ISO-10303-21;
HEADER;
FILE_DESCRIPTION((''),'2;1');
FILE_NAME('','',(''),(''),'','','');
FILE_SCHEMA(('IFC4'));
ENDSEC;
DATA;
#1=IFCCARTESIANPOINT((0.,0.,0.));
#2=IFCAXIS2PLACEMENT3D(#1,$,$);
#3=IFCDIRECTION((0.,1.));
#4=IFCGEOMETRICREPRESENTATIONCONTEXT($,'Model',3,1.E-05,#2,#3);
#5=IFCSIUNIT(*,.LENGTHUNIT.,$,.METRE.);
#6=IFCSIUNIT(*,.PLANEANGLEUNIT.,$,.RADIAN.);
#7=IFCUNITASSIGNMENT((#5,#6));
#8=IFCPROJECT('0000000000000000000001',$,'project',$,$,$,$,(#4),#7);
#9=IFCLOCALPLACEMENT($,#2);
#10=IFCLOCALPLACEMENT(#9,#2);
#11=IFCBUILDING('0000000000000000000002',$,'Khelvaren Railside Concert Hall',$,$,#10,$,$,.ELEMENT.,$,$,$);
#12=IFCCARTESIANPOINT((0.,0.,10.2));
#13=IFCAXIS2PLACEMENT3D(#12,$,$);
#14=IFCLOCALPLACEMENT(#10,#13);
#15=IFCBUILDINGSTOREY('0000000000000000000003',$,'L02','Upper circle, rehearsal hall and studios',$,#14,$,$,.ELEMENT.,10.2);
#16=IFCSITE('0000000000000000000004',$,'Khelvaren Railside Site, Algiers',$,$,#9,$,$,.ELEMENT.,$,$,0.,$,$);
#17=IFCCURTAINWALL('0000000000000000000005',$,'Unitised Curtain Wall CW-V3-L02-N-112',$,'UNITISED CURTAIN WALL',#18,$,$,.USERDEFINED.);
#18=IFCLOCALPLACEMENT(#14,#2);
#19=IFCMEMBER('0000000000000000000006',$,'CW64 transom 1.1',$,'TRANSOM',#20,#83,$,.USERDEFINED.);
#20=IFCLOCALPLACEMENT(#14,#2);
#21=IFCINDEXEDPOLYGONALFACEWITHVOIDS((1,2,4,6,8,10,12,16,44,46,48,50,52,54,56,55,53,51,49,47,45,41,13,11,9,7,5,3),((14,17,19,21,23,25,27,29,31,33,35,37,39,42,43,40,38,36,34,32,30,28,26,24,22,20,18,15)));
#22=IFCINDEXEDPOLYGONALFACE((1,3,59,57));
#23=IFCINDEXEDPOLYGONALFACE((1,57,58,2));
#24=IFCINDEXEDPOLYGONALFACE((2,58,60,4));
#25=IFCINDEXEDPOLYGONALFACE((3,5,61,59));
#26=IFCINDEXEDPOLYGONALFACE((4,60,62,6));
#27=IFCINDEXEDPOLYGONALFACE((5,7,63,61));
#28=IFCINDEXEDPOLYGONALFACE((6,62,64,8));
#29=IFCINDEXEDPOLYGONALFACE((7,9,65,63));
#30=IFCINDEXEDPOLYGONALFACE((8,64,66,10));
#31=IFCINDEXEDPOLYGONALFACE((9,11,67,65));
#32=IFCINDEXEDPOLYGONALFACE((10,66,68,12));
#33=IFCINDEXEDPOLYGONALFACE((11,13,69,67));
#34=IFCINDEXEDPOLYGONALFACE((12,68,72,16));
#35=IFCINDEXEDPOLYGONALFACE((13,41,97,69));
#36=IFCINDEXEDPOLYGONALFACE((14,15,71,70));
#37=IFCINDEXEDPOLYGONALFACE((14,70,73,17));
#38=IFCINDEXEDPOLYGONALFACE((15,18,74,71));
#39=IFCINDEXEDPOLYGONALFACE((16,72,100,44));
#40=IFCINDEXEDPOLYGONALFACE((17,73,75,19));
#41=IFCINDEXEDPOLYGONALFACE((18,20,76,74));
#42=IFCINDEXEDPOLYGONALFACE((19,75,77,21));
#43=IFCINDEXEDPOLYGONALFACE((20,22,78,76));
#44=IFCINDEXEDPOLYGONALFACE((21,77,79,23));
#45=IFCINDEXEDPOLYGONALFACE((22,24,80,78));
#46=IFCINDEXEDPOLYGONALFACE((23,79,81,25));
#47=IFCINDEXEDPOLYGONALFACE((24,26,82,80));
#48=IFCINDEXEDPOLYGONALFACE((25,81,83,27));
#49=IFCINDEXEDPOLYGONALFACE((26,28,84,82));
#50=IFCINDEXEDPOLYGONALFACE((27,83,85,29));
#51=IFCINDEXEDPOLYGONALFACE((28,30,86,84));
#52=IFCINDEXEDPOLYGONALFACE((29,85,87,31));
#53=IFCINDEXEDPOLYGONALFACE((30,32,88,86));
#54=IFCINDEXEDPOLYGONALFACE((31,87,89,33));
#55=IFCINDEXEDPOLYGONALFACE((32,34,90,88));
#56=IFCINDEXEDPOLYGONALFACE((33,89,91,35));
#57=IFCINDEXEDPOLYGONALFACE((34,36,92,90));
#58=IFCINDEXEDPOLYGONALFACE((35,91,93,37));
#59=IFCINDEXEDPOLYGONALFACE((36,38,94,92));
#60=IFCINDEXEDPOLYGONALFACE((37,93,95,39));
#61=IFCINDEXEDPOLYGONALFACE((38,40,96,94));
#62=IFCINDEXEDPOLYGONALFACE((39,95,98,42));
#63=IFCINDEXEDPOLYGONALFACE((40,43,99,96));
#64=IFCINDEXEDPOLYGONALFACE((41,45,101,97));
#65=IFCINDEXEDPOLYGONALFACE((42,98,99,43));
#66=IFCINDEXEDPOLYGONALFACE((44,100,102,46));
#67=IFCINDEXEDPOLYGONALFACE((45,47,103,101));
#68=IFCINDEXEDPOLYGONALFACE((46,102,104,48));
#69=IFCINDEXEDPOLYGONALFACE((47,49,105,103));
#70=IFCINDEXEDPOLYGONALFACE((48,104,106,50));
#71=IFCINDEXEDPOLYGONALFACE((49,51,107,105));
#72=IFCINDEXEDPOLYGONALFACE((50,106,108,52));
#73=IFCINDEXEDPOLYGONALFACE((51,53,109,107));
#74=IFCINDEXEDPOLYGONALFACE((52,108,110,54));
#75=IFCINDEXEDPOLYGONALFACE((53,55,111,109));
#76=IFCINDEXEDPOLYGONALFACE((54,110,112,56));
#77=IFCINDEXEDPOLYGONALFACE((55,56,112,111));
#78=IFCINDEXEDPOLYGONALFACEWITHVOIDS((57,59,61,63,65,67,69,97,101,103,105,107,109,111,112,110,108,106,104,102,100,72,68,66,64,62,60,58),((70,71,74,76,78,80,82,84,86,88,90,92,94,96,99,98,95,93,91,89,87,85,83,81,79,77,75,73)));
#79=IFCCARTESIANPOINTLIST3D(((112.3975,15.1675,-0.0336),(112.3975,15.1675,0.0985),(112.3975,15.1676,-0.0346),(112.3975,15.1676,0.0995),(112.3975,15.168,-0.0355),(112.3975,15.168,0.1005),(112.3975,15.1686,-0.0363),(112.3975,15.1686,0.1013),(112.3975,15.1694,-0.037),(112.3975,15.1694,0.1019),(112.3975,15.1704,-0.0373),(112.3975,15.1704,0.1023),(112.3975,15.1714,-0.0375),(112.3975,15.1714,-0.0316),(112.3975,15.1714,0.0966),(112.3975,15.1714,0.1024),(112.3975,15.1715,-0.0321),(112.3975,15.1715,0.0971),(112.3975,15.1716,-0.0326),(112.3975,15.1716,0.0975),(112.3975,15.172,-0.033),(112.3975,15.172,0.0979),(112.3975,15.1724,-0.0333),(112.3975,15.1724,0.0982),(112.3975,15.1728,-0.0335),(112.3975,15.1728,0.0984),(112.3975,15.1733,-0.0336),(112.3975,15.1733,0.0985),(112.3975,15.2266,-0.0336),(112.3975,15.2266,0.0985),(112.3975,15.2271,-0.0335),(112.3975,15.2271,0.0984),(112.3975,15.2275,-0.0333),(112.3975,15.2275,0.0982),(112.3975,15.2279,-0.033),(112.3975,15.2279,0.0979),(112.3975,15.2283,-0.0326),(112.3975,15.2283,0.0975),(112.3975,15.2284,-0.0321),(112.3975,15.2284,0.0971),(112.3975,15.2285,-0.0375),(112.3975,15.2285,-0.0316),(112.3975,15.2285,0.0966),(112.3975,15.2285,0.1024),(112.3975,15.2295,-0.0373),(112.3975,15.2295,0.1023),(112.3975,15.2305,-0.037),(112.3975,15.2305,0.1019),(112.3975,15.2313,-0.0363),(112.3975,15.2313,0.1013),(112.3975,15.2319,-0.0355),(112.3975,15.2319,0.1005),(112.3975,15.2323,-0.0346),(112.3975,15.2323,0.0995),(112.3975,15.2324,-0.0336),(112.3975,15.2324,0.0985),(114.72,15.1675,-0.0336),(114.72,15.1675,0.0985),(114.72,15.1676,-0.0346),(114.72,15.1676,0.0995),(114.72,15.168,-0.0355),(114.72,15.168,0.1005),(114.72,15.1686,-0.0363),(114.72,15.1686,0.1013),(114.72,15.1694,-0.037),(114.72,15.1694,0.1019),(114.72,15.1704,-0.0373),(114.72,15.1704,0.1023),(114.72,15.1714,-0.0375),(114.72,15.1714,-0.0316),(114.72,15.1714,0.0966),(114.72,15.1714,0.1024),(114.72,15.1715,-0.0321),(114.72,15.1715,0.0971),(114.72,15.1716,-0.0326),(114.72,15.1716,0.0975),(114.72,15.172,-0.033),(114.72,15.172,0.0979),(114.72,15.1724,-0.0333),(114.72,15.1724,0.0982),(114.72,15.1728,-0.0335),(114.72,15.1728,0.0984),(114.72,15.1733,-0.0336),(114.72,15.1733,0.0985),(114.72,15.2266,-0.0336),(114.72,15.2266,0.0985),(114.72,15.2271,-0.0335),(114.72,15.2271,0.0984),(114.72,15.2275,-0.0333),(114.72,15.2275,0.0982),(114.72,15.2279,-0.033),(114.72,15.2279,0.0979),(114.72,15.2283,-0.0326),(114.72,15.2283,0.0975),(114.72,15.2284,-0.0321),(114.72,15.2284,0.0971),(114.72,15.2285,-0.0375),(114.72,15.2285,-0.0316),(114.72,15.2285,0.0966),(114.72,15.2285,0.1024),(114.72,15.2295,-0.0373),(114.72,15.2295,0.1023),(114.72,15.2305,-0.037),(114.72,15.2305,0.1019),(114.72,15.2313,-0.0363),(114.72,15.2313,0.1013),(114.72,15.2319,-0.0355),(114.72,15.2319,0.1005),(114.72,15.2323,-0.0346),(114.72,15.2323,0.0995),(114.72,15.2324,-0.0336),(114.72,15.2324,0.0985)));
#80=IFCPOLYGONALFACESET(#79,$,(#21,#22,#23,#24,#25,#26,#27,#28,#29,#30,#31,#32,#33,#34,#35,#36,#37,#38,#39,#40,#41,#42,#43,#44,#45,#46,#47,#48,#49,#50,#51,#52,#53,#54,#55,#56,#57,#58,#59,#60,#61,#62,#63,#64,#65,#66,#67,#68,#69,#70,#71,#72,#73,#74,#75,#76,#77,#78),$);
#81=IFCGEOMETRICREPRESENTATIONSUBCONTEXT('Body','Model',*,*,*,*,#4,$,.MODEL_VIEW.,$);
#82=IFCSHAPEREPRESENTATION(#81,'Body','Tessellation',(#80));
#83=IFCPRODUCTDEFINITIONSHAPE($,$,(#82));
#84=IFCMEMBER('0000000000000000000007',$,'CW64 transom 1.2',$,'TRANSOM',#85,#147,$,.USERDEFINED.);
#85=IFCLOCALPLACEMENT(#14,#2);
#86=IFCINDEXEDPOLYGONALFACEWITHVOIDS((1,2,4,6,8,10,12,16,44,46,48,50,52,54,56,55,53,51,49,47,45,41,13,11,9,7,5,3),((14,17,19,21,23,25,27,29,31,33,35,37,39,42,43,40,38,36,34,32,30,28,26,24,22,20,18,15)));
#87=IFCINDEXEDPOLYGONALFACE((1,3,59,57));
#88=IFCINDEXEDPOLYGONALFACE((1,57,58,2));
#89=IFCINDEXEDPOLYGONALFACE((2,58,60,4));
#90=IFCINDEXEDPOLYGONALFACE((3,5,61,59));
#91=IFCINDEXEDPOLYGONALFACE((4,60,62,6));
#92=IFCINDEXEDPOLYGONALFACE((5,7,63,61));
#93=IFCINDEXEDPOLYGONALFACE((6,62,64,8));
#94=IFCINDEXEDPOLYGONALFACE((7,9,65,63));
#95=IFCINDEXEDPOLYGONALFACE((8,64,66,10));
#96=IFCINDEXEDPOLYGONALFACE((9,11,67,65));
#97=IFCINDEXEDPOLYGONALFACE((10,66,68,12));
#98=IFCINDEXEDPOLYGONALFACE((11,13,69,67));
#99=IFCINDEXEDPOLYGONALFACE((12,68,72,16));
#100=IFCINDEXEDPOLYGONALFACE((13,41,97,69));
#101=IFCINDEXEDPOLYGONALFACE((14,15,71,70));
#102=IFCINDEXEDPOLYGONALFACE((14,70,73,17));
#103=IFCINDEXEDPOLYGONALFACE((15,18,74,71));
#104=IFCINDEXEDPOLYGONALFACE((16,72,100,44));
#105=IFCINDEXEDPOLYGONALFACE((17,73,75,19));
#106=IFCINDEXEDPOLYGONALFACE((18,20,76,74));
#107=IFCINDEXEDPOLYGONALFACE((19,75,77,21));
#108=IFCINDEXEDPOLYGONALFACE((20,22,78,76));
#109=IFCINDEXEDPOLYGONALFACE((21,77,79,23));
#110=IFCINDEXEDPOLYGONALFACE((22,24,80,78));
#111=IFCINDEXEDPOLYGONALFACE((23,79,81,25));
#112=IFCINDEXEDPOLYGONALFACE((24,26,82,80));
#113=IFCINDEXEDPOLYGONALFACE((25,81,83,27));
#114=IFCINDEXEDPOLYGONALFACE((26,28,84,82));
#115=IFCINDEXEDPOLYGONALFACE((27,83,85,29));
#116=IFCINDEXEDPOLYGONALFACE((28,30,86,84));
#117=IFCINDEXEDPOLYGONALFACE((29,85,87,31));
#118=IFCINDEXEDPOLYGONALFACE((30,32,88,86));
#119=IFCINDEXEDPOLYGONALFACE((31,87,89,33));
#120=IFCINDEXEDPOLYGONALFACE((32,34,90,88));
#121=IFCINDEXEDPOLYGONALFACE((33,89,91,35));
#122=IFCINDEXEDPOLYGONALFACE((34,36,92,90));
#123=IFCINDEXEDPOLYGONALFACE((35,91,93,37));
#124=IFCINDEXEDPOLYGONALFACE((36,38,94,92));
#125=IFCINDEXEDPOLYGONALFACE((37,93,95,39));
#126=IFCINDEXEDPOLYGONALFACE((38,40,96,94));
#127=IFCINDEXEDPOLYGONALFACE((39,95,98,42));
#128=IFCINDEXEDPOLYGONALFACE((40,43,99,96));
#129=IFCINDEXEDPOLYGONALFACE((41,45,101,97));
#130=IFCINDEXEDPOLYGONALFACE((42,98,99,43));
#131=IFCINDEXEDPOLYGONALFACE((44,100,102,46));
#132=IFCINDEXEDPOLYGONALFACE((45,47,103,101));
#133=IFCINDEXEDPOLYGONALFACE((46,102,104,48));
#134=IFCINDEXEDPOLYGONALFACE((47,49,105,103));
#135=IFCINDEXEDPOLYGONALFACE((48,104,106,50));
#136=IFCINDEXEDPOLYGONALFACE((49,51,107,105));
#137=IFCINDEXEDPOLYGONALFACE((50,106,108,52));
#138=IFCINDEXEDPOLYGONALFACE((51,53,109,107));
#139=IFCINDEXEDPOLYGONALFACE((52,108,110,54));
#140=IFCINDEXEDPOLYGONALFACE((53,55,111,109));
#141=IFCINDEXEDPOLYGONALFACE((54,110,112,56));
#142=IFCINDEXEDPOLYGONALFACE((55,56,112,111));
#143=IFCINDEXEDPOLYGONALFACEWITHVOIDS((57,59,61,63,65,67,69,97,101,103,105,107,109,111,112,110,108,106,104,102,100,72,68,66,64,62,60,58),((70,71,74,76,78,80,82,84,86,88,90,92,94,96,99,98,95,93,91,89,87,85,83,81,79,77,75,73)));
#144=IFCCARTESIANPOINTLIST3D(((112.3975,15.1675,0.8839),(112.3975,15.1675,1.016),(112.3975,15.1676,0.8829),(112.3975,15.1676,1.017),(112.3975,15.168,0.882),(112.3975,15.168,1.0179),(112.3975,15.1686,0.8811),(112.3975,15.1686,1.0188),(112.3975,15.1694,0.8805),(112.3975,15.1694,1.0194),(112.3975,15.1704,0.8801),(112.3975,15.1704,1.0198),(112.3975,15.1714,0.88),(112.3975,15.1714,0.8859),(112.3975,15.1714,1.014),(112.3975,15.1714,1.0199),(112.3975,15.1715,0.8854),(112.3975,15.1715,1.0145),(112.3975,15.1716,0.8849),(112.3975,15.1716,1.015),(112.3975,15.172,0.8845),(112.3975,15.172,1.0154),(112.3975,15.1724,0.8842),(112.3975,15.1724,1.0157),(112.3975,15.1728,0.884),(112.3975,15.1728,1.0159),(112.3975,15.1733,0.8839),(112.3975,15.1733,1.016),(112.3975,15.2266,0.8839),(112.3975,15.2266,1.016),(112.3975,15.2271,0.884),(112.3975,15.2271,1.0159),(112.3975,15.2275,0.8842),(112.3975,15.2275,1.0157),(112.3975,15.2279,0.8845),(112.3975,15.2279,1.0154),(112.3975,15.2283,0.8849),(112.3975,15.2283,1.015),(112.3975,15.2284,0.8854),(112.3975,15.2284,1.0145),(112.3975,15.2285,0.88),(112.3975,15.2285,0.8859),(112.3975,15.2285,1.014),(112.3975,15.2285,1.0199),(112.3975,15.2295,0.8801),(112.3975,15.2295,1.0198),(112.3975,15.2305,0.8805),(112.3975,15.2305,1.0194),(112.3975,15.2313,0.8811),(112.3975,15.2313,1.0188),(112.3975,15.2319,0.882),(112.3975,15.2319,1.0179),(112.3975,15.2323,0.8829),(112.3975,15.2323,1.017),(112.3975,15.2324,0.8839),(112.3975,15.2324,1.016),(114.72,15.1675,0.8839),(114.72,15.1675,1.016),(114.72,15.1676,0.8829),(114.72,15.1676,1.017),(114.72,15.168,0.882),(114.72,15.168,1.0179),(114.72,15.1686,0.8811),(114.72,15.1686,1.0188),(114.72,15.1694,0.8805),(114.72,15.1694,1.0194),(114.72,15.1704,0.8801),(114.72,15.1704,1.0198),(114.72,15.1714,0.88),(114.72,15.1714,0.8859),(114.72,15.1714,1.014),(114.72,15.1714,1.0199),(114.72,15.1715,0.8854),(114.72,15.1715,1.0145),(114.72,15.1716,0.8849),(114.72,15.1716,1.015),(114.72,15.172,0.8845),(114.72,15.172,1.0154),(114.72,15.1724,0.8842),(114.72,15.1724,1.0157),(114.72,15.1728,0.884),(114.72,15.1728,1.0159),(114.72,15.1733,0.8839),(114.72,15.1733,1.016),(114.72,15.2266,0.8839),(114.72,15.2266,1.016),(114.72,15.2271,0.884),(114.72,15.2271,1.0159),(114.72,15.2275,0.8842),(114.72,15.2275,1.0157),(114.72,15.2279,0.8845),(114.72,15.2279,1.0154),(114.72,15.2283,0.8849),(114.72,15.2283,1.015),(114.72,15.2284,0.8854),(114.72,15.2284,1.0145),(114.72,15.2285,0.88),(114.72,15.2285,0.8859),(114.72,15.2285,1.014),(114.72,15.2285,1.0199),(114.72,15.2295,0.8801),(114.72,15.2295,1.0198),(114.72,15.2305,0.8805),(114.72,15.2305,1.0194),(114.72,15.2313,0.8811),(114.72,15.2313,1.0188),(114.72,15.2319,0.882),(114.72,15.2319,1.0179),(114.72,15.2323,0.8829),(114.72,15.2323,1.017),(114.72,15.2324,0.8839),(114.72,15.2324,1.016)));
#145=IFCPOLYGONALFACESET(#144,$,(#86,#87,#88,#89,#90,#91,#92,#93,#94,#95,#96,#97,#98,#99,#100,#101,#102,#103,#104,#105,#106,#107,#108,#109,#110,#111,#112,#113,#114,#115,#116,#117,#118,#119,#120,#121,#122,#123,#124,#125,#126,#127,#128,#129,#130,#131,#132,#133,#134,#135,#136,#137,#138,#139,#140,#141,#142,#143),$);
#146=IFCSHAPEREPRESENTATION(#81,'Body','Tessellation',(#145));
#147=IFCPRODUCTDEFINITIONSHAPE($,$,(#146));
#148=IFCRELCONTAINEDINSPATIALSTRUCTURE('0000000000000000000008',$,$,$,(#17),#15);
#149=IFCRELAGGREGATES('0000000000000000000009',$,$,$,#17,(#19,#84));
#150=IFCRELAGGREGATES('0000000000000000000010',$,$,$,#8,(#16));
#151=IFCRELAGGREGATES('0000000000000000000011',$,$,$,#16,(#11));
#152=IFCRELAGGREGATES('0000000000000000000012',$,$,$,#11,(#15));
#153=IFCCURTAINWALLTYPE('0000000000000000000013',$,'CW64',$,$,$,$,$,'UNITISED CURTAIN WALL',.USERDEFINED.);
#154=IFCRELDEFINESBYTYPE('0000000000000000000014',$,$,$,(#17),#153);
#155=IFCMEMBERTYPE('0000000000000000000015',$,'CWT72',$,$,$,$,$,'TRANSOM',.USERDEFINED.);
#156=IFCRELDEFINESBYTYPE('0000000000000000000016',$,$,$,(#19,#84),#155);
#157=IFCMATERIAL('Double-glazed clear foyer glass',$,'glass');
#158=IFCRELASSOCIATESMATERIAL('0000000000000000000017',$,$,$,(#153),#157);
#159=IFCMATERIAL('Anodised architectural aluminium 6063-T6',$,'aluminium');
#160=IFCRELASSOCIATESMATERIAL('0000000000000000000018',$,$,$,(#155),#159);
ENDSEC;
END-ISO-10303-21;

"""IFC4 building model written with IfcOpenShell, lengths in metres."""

from ifc_helpers import new_model, si_unit, direction, frame, origin, origin_2d, place, context, subcontext, project, spatial, hollow_rectangle, extrude, material, material_profile, profile_set, type_object, element, aggregate, save


model = new_model("IFC4")

# Units and contexts
model_context = context("Model", 3, precision=1e-05, world=origin(), true_north=direction((0.0, 1.0)))
body_context = subcontext(model_context, "Body", "Model", "MODEL_VIEW")
ifc_project = project(units=[si_unit("LENGTHUNIT", "METRE"), si_unit("PLANEANGLEUNIT", "RADIAN")], contexts=[model_context])

# Site, building, storey
site_placement = place(None, origin())
site = spatial("IfcSite", under=ifc_project, at=site_placement, Name="Khelvaren Railside Site, Algiers", CompositionType="ELEMENT", RefElevation=0.0)
building_placement = place(site_placement, origin())
building = spatial("IfcBuilding", under=site, at=building_placement, Name="Khelvaren Railside Concert Hall", CompositionType="ELEMENT")
storey_placement = place(building_placement, frame((0.0, 0.0, 10.2)))
storey = spatial("IfcBuildingStorey", under=building, at=storey_placement, Name="L02", Description="Upper circle, rehearsal hall and studios", CompositionType="ELEMENT", Elevation=10.2)

# Shared definitions
ifc_material_1 = material(Name="Double-glazed clear foyer glass", Category="glass")
ifc_material_2 = material(Name="Anodised architectural aluminium 6063-T6", Category="aluminium")

# Curtain wall
curtain_wall_type_1 = type_object("IfcCurtainWallType", Name="CW64", ElementType="UNITISED CURTAIN WALL", PredefinedType="USERDEFINED", material=ifc_material_1)
curtain_wall_1_placement = place(storey_placement, origin())
curtain_wall_1 = element("IfcCurtainWall", 1, at=curtain_wall_1_placement, inside=storey, type_object=curtain_wall_type_1, Name="Unitised Curtain Wall CW-V3-L02-N-112", ObjectType="UNITISED CURTAIN WALL", PredefinedType="USERDEFINED")

# Members
ifc_material_profile_1 = material_profile(ifc_material_2, hollow_rectangle(XDim=0.0649, YDim=0.1399, WallThickness=0.0039, InnerFilletRadius=0.002, OuterFilletRadius=0.0039, at=origin_2d()), Name="CWT 65x140x4")
ifc_profile_set_1 = profile_set([ifc_material_profile_1], Name="Anodised architectural aluminium 6063-T6")
member_type_1 = type_object("IfcMemberType", Name="CWT72", ElementType="TRANSOM", PredefinedType="USERDEFINED", material=ifc_profile_set_1)
member_1_placement = place(storey_placement, frame((112.3975, 15.2, 0.0325), z_axis=(1.0, 0.0, 0.0), x_axis=(0.0, 1.0, 0.0)))
member_1 = element("IfcMember", 2, at=member_1_placement, type_object=member_type_1, Name="CW64 transom 1.1", ObjectType="TRANSOM", PredefinedType="USERDEFINED", context=body_context, shape_type="SweptSolid", body=[
    extrude(hollow_rectangle(XDim=0.0649, YDim=0.1399, WallThickness=0.0039, InnerFilletRadius=0.002, OuterFilletRadius=0.0039, at=origin_2d()), origin(), (0.0, 0.0, 1.0), 2.3225),
])
member_2_placement = place(storey_placement, frame((112.3975, 15.2, 0.95), z_axis=(1.0, 0.0, 0.0), x_axis=(0.0, 1.0, 0.0)))
member_2 = element("IfcMember", 3, at=member_2_placement, type_object=member_type_1, Name="CW64 transom 1.2", ObjectType="TRANSOM", PredefinedType="USERDEFINED", context=body_context, shape_type="SweptSolid", body=[
    extrude(hollow_rectangle(XDim=0.0649, YDim=0.1399, WallThickness=0.0039, InnerFilletRadius=0.002, OuterFilletRadius=0.0039, at=origin_2d()), origin(), (0.0, 0.0, 1.0), 2.3225),
])

aggregate(curtain_wall_1, [member_1, member_2])

save(model, "model.ifc")
